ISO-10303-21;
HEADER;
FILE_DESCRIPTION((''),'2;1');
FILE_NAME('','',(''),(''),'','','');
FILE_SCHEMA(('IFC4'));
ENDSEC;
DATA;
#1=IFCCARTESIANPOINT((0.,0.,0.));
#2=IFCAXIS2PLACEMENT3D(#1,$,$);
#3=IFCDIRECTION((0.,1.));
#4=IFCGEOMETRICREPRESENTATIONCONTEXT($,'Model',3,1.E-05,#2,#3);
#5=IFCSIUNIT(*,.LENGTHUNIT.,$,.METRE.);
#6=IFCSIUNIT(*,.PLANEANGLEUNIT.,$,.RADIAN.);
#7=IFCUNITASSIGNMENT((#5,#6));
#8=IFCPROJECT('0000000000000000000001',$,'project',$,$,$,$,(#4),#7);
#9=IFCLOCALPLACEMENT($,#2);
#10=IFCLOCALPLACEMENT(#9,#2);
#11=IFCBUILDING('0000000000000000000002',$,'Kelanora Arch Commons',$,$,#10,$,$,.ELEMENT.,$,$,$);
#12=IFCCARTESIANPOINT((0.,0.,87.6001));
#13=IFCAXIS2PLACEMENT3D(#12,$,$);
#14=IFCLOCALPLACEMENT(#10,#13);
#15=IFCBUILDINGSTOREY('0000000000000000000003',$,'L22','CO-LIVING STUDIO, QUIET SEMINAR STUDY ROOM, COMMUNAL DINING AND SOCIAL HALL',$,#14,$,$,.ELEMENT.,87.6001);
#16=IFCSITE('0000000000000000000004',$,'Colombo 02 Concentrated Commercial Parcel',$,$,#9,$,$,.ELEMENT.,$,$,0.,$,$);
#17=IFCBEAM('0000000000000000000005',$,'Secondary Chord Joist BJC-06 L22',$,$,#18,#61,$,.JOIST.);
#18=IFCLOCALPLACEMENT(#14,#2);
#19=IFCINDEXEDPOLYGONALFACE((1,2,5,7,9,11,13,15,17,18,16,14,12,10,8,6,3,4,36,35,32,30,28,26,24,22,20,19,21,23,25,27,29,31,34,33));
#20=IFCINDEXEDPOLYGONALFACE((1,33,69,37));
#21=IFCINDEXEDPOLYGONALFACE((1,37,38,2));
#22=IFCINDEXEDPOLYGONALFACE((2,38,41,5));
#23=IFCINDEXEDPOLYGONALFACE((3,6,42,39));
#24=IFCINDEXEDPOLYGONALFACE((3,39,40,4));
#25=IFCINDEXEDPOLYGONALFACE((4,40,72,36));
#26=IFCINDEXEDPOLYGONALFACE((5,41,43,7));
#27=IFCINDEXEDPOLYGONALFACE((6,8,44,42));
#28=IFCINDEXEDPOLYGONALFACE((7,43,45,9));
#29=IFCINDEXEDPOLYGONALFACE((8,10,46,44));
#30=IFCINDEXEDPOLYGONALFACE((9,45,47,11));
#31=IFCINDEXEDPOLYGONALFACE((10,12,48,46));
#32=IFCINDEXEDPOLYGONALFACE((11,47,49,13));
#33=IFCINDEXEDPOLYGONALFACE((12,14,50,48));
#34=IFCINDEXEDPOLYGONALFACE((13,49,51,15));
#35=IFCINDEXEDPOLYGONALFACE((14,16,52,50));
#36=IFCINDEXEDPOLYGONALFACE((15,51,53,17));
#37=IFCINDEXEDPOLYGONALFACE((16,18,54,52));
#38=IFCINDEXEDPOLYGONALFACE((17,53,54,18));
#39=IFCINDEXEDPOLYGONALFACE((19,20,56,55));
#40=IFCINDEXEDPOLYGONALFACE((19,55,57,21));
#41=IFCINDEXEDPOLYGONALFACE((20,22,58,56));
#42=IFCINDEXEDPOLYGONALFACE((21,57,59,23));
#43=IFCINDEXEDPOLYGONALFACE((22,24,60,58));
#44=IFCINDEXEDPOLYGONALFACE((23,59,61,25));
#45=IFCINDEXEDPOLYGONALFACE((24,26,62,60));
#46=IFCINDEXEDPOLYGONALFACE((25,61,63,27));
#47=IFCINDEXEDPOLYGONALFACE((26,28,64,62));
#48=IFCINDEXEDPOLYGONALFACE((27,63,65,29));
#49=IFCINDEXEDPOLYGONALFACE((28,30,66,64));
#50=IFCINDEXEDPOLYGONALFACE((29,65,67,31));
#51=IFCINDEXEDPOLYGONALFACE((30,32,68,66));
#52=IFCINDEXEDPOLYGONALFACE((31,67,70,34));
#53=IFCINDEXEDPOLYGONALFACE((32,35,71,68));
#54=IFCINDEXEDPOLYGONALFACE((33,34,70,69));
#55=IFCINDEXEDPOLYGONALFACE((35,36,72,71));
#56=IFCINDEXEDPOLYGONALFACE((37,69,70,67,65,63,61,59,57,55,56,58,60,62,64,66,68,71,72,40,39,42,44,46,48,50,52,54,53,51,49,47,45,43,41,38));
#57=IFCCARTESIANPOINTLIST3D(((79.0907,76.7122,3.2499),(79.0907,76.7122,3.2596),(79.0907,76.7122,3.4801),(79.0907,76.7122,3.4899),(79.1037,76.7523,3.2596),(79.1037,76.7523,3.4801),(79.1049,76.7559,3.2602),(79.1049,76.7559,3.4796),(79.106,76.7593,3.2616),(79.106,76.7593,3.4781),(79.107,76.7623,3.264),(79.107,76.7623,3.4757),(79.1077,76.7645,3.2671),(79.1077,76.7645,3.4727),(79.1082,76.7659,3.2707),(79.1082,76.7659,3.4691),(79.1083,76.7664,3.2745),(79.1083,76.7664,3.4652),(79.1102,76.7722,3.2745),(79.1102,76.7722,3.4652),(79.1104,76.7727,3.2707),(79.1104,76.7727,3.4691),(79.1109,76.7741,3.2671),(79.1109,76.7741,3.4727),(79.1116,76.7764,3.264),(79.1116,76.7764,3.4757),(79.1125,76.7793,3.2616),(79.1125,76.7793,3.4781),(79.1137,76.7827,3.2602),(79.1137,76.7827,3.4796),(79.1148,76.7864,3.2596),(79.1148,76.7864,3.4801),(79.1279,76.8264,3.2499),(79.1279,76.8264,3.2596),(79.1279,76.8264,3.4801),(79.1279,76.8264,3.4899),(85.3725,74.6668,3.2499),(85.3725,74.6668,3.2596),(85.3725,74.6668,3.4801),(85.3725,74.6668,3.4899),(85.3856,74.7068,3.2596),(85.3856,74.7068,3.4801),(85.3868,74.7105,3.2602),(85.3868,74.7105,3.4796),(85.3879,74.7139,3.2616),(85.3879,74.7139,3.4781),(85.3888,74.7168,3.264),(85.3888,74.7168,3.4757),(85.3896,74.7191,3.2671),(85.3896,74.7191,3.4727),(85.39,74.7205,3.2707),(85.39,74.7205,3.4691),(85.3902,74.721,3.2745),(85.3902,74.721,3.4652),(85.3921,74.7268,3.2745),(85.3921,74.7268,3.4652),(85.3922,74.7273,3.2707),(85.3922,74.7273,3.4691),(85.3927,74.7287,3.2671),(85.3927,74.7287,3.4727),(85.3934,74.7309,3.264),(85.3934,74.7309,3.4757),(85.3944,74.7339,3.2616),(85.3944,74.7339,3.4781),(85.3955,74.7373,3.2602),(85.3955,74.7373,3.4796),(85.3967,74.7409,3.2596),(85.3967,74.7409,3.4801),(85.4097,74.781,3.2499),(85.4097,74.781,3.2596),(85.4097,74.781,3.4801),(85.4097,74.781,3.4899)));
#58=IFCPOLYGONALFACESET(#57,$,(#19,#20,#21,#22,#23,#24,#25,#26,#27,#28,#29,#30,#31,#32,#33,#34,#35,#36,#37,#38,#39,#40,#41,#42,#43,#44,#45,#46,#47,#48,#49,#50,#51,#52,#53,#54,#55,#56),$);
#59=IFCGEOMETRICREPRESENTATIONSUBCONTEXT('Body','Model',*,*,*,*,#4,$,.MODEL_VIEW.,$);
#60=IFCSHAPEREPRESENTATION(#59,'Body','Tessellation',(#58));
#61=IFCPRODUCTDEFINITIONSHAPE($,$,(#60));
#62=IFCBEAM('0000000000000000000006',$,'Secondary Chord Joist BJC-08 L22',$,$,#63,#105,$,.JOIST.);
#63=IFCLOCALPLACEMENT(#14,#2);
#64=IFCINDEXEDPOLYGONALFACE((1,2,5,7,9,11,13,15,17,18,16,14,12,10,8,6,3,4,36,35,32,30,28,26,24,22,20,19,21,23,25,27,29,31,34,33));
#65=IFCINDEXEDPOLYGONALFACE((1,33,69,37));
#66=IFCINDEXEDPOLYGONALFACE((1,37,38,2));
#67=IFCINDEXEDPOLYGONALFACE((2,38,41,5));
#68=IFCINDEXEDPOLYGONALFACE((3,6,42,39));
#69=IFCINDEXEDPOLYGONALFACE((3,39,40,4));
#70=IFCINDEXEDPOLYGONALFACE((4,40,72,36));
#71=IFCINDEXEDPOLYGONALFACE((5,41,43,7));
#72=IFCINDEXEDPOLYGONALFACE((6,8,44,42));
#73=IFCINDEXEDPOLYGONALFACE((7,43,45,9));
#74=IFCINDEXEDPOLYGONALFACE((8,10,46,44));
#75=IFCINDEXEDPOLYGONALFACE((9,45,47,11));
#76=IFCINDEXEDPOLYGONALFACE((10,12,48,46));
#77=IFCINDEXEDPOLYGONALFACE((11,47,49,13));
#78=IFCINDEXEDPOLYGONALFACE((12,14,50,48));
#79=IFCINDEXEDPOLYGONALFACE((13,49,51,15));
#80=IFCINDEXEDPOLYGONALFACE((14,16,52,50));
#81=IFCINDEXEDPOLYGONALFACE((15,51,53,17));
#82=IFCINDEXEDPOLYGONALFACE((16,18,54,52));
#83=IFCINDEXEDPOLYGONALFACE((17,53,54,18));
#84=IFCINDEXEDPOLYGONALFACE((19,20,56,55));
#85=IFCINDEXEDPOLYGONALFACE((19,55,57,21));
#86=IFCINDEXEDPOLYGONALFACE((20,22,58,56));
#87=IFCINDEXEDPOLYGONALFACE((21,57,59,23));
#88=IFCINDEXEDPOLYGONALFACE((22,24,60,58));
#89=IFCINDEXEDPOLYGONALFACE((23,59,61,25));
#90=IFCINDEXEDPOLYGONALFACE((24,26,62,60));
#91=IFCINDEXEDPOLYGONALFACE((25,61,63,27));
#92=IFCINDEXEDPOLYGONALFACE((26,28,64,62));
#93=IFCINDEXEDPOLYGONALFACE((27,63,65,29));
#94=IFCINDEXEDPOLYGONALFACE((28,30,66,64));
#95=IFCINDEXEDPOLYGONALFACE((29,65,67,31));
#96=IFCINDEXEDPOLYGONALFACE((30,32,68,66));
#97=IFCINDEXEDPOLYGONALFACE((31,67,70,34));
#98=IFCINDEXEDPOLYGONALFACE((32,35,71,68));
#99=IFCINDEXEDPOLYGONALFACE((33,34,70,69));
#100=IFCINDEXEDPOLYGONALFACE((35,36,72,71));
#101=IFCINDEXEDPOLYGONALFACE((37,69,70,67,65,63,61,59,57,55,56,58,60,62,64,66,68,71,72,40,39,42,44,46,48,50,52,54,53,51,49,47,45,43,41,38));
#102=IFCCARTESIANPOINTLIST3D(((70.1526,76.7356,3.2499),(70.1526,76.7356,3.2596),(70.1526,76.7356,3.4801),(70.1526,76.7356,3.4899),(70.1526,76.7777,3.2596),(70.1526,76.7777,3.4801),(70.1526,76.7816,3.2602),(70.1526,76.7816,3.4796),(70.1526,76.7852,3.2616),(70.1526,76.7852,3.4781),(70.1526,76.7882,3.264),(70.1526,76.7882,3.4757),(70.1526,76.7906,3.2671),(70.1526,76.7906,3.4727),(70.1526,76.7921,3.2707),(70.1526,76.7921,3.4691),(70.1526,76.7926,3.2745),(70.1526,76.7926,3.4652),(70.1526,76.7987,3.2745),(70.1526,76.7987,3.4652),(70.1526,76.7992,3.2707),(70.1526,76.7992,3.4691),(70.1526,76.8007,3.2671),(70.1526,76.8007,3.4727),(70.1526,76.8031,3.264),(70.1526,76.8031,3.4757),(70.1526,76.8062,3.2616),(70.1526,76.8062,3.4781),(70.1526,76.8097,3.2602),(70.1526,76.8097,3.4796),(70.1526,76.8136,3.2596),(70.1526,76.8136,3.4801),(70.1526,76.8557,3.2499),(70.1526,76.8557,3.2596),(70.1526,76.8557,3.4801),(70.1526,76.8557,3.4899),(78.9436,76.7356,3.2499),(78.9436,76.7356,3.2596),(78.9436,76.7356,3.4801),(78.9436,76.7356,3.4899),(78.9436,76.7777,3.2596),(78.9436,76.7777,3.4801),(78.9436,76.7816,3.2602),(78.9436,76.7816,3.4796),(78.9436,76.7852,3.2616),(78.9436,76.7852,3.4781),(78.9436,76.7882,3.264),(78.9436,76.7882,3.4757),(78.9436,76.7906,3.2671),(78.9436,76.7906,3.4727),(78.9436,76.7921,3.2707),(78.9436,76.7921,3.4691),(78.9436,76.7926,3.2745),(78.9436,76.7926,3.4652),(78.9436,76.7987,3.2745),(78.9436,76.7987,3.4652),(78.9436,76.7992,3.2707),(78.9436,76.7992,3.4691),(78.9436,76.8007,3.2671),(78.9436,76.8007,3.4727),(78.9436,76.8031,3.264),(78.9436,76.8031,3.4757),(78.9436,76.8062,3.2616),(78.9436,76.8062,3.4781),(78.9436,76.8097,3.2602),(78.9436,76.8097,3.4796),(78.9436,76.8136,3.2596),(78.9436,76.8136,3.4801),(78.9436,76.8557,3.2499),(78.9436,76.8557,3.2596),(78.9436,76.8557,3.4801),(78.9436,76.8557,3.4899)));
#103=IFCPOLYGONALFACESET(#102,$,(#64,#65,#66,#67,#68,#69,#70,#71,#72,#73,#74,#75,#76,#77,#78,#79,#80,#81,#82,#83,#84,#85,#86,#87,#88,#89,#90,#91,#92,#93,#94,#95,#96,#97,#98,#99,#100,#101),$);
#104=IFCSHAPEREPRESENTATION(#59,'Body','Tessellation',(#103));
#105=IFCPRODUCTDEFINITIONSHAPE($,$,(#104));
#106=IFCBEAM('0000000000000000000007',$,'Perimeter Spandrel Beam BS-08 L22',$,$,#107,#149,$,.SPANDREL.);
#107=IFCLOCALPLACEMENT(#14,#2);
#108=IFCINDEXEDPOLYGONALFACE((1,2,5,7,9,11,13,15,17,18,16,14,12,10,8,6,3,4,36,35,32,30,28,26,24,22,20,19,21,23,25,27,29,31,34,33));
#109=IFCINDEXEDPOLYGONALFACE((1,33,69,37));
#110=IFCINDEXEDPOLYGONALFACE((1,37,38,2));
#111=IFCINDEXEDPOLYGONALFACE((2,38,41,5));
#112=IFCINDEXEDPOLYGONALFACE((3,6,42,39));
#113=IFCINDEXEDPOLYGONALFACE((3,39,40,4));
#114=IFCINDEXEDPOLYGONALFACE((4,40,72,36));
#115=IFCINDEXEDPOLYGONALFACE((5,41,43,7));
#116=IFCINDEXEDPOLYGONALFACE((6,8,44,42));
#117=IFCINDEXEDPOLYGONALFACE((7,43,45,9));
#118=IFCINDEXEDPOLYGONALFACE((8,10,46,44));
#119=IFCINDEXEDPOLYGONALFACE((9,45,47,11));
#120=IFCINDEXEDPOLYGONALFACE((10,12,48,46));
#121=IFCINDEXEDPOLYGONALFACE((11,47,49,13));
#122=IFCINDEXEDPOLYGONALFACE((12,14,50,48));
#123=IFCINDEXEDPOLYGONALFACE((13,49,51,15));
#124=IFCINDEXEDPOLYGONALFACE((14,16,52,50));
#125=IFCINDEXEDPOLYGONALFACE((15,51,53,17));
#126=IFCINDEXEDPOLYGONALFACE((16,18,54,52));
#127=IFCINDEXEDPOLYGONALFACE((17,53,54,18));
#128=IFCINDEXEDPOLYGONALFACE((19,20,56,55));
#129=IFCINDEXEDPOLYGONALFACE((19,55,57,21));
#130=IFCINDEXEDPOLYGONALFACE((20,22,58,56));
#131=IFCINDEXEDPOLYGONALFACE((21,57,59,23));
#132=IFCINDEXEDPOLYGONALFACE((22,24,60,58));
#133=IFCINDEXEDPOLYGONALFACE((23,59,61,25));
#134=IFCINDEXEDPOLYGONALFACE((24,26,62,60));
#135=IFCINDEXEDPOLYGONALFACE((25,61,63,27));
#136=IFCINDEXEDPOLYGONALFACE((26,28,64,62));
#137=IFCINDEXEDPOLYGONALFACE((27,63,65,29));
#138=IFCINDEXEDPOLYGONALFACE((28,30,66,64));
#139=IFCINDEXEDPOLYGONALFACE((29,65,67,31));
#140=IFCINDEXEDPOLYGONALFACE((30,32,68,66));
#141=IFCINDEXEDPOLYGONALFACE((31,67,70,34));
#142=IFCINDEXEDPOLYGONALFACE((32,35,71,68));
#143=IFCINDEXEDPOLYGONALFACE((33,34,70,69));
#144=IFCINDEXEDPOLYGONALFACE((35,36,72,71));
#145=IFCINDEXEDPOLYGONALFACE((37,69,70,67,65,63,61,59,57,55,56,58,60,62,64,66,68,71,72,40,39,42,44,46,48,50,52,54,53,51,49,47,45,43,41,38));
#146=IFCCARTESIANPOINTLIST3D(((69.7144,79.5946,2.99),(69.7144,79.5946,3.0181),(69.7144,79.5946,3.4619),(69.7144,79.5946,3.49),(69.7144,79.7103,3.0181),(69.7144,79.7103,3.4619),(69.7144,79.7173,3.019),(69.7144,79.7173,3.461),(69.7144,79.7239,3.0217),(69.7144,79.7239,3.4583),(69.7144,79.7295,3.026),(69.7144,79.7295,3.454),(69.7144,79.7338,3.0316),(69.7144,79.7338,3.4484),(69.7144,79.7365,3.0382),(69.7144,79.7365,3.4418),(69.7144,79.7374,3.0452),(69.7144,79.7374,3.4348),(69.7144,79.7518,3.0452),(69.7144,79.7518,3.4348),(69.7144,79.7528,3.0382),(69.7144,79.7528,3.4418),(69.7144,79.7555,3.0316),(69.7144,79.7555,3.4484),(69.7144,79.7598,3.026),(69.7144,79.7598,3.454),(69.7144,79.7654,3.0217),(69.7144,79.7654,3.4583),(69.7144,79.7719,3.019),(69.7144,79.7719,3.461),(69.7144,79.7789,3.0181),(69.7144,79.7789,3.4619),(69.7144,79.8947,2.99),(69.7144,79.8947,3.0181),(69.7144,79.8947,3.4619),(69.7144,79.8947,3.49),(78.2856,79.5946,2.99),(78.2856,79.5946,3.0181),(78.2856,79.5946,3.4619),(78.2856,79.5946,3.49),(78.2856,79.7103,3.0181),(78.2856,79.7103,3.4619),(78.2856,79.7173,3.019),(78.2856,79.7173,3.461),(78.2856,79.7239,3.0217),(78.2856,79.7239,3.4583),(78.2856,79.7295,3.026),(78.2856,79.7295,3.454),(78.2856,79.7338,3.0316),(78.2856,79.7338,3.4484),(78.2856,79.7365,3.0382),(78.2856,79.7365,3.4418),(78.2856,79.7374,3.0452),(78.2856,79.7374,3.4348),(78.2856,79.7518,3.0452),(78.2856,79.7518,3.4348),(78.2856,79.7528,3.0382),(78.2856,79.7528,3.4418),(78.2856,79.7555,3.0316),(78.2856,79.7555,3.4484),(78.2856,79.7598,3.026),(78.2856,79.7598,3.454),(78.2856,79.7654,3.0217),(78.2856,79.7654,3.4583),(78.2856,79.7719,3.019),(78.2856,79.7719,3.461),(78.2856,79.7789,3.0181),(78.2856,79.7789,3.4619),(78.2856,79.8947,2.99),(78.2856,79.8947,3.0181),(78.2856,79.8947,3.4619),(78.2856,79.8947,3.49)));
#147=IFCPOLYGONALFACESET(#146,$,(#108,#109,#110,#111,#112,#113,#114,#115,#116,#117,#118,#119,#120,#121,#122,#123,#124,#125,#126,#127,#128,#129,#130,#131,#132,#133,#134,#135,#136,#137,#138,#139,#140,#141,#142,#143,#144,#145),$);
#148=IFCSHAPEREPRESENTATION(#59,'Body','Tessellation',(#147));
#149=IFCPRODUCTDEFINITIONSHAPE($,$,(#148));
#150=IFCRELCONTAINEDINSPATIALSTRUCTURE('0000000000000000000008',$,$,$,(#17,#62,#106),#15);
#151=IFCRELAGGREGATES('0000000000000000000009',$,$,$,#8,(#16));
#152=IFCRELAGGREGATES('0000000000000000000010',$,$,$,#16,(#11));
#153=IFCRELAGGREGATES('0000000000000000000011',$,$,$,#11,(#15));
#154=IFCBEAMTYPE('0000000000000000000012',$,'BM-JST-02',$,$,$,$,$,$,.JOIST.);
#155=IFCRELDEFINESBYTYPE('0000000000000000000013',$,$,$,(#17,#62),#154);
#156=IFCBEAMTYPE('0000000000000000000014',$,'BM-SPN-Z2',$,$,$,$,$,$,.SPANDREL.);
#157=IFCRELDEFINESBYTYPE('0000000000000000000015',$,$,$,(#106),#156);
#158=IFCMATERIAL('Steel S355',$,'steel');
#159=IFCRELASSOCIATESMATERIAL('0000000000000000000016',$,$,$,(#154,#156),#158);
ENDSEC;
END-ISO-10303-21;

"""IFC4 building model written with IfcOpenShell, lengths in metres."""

from ifc_helpers import new_model, si_unit, direction, frame, origin, origin_2d, place, context, subcontext, project, spatial, i_section, extrude, material, material_profile, profile_set, type_object, element, save


model = new_model("IFC4")

# Units and contexts
model_context = context("Model", 3, precision=1e-05, world=origin(), true_north=direction((0.0, 1.0)))
body_context = subcontext(model_context, "Body", "Model", "MODEL_VIEW")
ifc_project = project(units=[si_unit("LENGTHUNIT", "METRE"), si_unit("PLANEANGLEUNIT", "RADIAN")], contexts=[model_context])

# Site, building, storey
site_placement = place(None, origin())
site = spatial("IfcSite", under=ifc_project, at=site_placement, Name="Colombo 02 Concentrated Commercial Parcel", CompositionType="ELEMENT", RefElevation=0.0)
building_placement = place(site_placement, origin())
building = spatial("IfcBuilding", under=site, at=building_placement, Name="Kelanora Arch Commons", CompositionType="ELEMENT")
storey_placement = place(building_placement, frame((0.0, 0.0, 87.6001)))
storey = spatial("IfcBuildingStorey", under=building, at=storey_placement, Name="L22", Description="CO-LIVING STUDIO, QUIET SEMINAR STUDY ROOM, COMMUNAL DINING AND SOCIAL HALL", CompositionType="ELEMENT", Elevation=87.6001)

# Beams
ifc_material_1 = material(Name="Steel S355", Category="steel")
ifc_material_profile_1 = material_profile(ifc_material_1, i_section(OverallWidth=0.1201, OverallDepth=0.24, WebThickness=0.0061, FlangeThickness=0.0098, FilletRadius=0.0149, at=origin_2d()), Name="IPE240")
ifc_profile_set_1 = profile_set([ifc_material_profile_1], Name="Steel S355")
beam_type_1 = type_object("IfcBeamType", Name="BM-JST-02", PredefinedType="JOIST", material=ifc_profile_set_1)
beam_1_placement = place(storey_placement, frame((85.3911, 74.7239, 3.3699), z_axis=(-0.950863, 0.309612, 0.0), x_axis=(-0.309612, -0.950863, 0.0)))
element("IfcBeam", 1, at=beam_1_placement, inside=storey, type_object=beam_type_1, Name="Secondary Chord Joist BJC-06 L22", PredefinedType="JOIST", context=body_context, shape_type="SweptSolid", body=[
    extrude(i_section(OverallWidth=0.1201, OverallDepth=0.24, WebThickness=0.0061, FlangeThickness=0.0098, FilletRadius=0.0149, at=origin_2d()), origin(), (0.0, 0.0, 1.0), 6.6064),
])
beam_2_placement = place(storey_placement, frame((78.9436, 76.7957, 3.3699), z_axis=(-1.0, 0.0, 0.0), x_axis=(0.0, -1.0, 0.0)))
element("IfcBeam", 2, at=beam_2_placement, inside=storey, type_object=beam_type_1, Name="Secondary Chord Joist BJC-08 L22", PredefinedType="JOIST", context=body_context, shape_type="SweptSolid", body=[
    extrude(i_section(OverallWidth=0.1201, OverallDepth=0.24, WebThickness=0.0061, FlangeThickness=0.0098, FilletRadius=0.0149, at=origin_2d()), origin(), (0.0, 0.0, 1.0), 8.791),
])
ifc_material_profile_2 = material_profile(ifc_material_1, i_section(OverallWidth=0.3, OverallDepth=0.5, WebThickness=0.0144, FlangeThickness=0.0281, FilletRadius=0.0271, at=origin_2d()), Name="HEB500")
ifc_profile_set_2 = profile_set([ifc_material_profile_2], Name="Steel S355")
beam_type_2 = type_object("IfcBeamType", Name="BM-SPN-Z2", PredefinedType="SPANDREL", material=ifc_profile_set_2)
beam_3_placement = place(storey_placement, frame((78.2856, 79.7446, 3.24), z_axis=(-1.0, 0.0, 0.0), x_axis=(0.0, -1.0, 0.0)))
element("IfcBeam", 3, at=beam_3_placement, inside=storey, type_object=beam_type_2, Name="Perimeter Spandrel Beam BS-08 L22", PredefinedType="SPANDREL", context=body_context, shape_type="SweptSolid", body=[
    extrude(i_section(OverallWidth=0.3, OverallDepth=0.5, WebThickness=0.0144, FlangeThickness=0.0281, FilletRadius=0.0271, at=origin_2d()), origin(), (0.0, 0.0, 1.0), 8.5713),
])

save(model, "model.ifc")
